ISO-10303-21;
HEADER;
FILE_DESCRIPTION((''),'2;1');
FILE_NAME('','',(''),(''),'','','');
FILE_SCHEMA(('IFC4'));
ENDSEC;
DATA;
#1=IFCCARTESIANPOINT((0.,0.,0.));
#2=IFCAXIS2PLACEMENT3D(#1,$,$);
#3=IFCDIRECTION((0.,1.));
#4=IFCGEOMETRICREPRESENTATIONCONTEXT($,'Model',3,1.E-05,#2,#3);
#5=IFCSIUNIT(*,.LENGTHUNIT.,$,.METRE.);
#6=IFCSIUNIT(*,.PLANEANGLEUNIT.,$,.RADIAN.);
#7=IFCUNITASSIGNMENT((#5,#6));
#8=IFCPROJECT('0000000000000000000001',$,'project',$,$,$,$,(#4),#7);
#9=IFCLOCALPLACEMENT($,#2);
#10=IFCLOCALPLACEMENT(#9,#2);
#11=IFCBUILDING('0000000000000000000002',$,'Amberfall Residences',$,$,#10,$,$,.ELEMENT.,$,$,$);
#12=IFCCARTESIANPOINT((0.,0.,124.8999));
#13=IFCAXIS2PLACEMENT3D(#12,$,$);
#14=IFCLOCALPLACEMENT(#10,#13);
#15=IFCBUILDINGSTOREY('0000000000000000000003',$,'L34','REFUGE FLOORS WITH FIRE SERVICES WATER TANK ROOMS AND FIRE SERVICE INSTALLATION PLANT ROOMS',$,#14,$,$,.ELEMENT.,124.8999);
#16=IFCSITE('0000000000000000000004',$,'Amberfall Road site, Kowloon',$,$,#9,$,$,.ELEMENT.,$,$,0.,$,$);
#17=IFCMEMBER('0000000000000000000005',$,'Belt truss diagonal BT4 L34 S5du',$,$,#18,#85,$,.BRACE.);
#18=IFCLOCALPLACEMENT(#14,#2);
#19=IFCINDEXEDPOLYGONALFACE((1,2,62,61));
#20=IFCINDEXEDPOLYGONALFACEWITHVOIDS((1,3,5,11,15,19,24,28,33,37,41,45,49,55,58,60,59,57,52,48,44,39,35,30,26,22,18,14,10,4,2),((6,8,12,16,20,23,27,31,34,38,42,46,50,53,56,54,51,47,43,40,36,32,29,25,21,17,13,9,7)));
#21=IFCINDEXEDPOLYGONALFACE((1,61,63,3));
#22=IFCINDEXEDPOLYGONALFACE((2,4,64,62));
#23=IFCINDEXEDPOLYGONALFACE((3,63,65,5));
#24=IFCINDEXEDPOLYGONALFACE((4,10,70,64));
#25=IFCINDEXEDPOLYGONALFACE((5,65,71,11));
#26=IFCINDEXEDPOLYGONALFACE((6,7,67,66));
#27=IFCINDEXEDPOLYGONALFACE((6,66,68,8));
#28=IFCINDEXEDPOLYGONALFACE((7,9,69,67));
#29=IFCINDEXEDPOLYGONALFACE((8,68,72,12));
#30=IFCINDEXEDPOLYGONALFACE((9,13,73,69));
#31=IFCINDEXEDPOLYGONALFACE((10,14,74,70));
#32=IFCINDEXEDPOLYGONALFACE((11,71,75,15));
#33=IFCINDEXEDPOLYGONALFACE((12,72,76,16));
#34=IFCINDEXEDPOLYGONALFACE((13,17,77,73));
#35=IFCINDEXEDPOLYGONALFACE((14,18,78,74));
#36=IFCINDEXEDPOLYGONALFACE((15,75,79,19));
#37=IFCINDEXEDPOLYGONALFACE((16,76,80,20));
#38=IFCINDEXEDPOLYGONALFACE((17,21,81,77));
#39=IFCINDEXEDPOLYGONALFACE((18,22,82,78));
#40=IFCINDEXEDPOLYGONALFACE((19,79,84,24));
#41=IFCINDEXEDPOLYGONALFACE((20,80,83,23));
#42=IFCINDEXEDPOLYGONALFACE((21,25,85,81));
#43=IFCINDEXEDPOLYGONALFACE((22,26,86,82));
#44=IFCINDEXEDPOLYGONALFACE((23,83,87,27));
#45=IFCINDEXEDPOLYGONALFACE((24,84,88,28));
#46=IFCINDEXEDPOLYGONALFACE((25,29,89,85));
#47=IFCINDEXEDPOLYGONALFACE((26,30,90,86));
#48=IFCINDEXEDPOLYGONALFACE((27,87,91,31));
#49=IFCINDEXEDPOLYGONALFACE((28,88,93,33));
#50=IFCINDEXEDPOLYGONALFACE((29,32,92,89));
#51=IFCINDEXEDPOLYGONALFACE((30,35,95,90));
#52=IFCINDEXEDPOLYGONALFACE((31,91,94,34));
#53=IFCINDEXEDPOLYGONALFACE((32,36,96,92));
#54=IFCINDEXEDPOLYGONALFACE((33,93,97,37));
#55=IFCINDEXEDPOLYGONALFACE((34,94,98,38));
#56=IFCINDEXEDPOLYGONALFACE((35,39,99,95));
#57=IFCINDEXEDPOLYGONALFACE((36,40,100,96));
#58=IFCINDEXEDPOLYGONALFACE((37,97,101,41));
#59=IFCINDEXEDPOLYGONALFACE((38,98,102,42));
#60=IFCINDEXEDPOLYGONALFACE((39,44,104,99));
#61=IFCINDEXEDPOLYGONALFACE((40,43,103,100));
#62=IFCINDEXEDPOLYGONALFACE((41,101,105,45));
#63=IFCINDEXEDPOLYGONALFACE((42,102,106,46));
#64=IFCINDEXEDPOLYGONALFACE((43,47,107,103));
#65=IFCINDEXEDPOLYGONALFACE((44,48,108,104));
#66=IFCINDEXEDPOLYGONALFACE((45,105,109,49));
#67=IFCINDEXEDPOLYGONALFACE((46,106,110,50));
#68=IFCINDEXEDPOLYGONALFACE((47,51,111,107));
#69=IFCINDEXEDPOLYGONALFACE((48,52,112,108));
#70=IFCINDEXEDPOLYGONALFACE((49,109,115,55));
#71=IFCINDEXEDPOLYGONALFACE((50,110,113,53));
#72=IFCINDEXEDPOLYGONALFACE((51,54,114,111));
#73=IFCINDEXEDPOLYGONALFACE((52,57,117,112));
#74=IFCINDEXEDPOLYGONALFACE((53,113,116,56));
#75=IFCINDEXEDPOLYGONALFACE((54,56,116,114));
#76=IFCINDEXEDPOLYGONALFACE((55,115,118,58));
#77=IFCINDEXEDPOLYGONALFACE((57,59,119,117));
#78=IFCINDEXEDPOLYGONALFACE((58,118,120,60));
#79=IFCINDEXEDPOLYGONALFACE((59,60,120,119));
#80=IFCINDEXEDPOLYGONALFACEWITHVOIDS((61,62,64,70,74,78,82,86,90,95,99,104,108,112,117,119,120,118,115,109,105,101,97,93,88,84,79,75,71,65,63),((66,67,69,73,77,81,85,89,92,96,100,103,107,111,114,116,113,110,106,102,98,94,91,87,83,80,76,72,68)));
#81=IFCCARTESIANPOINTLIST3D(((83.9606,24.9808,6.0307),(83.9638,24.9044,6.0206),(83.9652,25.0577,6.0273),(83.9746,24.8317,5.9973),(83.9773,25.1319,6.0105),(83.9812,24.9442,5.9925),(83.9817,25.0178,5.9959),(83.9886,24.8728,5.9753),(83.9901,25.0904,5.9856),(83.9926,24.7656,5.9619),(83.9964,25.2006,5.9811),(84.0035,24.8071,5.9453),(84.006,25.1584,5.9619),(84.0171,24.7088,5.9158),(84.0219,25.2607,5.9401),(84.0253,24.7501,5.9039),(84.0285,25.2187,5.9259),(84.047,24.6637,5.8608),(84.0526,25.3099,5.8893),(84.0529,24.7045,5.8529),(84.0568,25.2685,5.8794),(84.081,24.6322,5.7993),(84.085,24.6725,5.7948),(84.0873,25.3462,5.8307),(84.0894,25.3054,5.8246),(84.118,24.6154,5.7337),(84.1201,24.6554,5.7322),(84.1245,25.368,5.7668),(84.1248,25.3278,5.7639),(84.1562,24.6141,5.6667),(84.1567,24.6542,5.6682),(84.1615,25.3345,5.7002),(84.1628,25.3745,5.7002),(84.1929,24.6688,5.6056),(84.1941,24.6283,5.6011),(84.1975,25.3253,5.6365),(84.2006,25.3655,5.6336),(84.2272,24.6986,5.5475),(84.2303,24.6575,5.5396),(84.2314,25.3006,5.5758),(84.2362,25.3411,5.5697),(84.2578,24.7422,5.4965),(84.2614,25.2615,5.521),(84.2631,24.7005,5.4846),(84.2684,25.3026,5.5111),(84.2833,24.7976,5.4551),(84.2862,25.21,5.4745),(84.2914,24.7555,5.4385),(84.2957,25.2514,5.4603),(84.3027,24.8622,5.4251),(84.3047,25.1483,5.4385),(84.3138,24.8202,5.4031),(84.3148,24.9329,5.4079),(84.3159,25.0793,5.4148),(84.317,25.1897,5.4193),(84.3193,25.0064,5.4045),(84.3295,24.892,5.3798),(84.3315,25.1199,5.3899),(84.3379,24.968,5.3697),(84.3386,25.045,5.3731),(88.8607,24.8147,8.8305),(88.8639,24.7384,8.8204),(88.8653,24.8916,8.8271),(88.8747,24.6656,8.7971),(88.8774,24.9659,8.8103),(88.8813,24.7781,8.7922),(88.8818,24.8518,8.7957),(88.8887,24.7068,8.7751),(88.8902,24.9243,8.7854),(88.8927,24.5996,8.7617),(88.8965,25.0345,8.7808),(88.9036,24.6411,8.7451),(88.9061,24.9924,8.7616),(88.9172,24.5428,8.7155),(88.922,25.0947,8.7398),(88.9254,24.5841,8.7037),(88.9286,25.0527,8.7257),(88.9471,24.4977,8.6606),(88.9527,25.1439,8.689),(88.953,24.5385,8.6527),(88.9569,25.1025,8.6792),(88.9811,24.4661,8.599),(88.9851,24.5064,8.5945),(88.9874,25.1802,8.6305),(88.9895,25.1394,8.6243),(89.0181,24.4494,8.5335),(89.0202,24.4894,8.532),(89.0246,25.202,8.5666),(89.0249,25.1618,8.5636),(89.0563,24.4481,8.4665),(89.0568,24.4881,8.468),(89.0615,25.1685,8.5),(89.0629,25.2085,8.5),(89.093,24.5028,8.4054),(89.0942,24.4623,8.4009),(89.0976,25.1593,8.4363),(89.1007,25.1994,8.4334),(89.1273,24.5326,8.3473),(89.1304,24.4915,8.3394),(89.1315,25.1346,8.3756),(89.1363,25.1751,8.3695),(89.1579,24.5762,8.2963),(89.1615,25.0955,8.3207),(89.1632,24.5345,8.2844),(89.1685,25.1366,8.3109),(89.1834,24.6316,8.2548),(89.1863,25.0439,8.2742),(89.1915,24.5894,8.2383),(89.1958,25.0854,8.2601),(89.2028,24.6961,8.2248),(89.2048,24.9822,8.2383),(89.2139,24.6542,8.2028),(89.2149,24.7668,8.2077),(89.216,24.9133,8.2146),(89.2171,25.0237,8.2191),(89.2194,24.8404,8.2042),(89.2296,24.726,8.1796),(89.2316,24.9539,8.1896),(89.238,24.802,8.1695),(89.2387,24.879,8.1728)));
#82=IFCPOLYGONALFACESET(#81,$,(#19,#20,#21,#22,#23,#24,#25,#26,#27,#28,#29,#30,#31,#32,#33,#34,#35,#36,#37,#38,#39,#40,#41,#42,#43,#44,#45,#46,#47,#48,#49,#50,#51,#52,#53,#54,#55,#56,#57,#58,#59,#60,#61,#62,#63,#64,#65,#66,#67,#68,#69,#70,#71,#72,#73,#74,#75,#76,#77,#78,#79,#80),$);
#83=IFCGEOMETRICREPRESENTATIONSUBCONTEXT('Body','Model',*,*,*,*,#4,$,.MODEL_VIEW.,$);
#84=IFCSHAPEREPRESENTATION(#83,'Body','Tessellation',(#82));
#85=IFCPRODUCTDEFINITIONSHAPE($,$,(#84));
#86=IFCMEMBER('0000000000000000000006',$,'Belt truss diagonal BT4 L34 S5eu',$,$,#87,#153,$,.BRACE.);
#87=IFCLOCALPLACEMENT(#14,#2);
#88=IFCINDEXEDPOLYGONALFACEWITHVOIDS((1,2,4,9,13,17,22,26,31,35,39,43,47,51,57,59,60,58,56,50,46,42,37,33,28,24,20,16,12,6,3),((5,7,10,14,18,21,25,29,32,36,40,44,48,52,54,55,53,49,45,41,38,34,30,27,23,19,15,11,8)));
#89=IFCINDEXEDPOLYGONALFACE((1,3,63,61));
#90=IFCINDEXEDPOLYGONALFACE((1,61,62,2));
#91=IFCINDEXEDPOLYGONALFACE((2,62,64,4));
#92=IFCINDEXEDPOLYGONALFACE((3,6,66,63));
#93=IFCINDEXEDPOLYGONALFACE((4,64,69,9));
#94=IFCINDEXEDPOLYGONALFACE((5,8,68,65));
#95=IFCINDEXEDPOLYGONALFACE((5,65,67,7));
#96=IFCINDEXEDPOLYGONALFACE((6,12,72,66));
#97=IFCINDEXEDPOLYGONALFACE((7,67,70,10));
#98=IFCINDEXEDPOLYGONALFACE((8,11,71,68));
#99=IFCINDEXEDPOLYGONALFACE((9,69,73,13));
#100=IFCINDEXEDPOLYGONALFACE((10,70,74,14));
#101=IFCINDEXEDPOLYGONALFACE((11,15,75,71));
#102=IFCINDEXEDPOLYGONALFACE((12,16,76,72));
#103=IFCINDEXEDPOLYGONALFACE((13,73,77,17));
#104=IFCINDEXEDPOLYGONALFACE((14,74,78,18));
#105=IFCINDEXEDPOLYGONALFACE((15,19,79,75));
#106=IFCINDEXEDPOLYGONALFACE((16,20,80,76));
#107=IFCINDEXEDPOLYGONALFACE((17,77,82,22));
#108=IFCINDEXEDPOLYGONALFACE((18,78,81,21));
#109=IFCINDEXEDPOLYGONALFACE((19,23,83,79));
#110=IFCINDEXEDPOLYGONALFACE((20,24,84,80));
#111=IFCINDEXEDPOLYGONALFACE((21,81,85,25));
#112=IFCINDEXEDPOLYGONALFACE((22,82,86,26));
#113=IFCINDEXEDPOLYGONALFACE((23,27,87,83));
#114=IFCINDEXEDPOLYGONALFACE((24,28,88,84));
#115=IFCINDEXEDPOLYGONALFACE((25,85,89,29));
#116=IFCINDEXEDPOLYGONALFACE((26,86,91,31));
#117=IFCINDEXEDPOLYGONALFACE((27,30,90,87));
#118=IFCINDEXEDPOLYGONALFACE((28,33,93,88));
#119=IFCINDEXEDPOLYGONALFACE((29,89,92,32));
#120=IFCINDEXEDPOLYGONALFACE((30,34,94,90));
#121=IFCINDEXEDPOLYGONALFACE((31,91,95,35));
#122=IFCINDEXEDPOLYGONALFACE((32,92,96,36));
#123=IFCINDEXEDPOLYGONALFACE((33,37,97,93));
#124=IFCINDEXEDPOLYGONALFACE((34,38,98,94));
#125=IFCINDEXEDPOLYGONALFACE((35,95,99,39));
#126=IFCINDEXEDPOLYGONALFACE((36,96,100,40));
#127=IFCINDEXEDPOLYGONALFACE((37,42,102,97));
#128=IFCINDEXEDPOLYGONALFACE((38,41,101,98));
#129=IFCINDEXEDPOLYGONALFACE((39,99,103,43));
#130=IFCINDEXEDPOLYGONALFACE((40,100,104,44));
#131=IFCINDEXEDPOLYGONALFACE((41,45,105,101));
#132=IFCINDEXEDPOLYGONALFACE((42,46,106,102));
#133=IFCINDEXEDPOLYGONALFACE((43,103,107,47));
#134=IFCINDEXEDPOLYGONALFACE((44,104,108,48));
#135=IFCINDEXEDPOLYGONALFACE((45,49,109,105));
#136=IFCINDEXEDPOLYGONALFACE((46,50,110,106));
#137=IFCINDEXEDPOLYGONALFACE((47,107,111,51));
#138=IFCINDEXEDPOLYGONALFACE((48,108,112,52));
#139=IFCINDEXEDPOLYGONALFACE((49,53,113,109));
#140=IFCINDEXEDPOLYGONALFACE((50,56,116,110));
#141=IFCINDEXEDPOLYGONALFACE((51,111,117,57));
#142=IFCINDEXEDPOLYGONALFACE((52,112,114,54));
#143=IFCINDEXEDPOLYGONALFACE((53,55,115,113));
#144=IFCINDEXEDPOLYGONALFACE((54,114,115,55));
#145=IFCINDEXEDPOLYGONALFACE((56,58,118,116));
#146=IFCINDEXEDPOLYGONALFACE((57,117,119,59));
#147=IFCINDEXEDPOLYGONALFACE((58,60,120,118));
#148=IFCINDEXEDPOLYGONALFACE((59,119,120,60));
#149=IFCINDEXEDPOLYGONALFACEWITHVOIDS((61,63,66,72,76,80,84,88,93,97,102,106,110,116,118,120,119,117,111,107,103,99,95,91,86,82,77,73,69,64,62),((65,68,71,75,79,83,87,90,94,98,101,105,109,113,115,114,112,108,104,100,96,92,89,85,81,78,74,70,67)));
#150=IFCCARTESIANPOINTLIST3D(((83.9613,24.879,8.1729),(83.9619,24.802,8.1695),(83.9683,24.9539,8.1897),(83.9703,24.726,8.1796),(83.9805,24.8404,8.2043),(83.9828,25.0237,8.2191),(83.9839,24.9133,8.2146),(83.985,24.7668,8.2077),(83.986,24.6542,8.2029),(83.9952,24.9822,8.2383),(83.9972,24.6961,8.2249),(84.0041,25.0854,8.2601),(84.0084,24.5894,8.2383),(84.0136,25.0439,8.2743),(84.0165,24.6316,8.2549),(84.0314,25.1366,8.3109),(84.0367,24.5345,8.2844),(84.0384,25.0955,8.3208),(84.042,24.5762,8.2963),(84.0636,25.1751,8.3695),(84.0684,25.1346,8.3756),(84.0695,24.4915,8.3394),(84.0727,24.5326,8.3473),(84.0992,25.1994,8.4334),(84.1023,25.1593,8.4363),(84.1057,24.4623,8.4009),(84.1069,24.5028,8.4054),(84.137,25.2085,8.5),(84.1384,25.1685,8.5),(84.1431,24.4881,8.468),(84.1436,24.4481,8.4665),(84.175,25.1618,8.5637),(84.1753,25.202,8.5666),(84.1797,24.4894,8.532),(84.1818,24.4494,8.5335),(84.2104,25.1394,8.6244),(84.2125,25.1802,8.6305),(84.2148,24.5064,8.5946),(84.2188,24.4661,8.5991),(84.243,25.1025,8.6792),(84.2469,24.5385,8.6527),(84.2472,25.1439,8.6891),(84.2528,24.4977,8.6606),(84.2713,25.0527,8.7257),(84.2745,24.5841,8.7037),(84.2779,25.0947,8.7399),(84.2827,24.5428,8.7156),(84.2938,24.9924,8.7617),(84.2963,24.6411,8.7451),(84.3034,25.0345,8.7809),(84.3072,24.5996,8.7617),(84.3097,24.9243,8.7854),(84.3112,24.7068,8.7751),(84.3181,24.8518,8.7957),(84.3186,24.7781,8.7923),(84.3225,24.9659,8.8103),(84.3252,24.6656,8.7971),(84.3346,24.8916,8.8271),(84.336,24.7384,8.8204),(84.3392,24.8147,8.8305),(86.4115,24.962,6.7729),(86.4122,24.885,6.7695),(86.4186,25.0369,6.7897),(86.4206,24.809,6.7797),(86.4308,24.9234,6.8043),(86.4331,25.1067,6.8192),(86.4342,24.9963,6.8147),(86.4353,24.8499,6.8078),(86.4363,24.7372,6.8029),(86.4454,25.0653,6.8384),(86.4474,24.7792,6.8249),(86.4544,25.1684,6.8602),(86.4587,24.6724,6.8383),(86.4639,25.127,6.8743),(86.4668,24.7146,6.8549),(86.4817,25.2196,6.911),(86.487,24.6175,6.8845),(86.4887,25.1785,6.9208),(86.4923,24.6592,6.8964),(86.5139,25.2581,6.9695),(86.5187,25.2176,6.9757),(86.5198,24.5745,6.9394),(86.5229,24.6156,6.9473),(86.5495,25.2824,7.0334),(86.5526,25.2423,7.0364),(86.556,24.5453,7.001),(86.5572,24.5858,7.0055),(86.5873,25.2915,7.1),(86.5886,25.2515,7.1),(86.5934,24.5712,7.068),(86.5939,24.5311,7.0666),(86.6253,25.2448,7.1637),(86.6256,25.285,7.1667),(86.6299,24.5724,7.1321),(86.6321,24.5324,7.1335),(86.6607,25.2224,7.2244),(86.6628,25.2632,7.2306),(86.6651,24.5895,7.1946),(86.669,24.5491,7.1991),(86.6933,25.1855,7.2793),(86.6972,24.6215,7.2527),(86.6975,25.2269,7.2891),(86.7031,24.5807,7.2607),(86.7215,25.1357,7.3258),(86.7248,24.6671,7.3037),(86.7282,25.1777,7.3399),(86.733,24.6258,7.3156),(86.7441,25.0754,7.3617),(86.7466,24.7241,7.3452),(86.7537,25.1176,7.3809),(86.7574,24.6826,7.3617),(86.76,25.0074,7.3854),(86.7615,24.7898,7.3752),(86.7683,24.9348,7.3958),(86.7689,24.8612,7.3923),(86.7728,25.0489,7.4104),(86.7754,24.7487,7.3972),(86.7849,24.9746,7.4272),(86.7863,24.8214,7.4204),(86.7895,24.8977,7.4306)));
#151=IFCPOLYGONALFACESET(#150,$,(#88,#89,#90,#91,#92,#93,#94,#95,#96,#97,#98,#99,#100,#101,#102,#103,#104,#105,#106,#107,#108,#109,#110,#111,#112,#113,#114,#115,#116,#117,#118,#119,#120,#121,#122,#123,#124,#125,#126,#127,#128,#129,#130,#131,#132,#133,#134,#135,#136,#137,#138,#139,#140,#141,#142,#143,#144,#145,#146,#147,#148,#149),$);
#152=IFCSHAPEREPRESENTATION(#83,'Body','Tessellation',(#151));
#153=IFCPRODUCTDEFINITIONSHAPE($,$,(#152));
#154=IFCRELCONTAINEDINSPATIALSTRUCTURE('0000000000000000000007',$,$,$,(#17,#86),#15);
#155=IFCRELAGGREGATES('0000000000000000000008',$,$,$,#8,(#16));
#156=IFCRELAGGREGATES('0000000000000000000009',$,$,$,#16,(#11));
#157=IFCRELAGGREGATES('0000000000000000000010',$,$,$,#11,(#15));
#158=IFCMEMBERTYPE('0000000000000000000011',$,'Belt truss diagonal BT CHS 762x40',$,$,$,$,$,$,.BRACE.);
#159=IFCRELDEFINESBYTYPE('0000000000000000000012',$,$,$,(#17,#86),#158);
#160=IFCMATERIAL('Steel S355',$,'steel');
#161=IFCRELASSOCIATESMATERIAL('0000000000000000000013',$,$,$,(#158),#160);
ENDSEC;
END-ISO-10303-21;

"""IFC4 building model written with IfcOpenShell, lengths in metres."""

from ifc_helpers import new_model, si_unit, direction, frame, origin, origin_2d, place, context, subcontext, project, spatial, hollow_circle, extrude, material, material_profile, profile_set, type_object, element, save


model = new_model("IFC4")

# Units and contexts
model_context = context("Model", 3, precision=1e-05, world=origin(), true_north=direction((0.0, 1.0)))
body_context = subcontext(model_context, "Body", "Model", "MODEL_VIEW")
ifc_project = project(units=[si_unit("LENGTHUNIT", "METRE"), si_unit("PLANEANGLEUNIT", "RADIAN")], contexts=[model_context])

# Site, building, storey
site_placement = place(None, origin())
site = spatial("IfcSite", under=ifc_project, at=site_placement, Name="Amberfall Road site, Kowloon", CompositionType="ELEMENT", RefElevation=0.0)
building_placement = place(site_placement, origin())
building = spatial("IfcBuilding", under=site, at=building_placement, Name="Amberfall Residences", CompositionType="ELEMENT")
storey_placement = place(building_placement, frame((0.0, 0.0, 124.8999)))
storey = spatial("IfcBuildingStorey", under=building, at=storey_placement, Name="L34", Description="REFUGE FLOORS WITH FIRE SERVICES WATER TANK ROOMS AND FIRE SERVICE INSTALLATION PLANT ROOMS", CompositionType="ELEMENT", Elevation=124.8999)

# Shared definitions
ifc_material_1 = material(Name="Steel S355", Category="steel")

# Members
ifc_material_profile_1 = material_profile(ifc_material_1, hollow_circle(Radius=0.3811, WallThickness=0.04, at=origin_2d()), Name="CHS 762x40")
ifc_profile_set_1 = profile_set([ifc_material_profile_1], Name="Steel S355")
member_type = type_object("IfcMemberType", Name="Belt truss diagonal BT CHS 762x40", PredefinedType="BRACE", material=ifc_profile_set_1)
member_1_placement = place(storey_placement, frame((84.1499, 24.9937, 5.7002), z_axis=(0.867889, -0.029404, 0.495887), x_axis=(0.03386, 0.999427, 0.0)))
element("IfcMember", 1, at=member_1_placement, inside=storey, type_object=member_type, Name="Belt truss diagonal BT4 L34 S5du", PredefinedType="BRACE", context=body_context, shape_type="SweptSolid", body=[
    extrude(hollow_circle(Radius=0.3811, WallThickness=0.04, at=origin_2d()), origin(), (0.0, 0.0, 1.0), 5.646),
])
member_2_placement = place(storey_placement, frame((84.1499, 24.8276, 8.5), z_axis=(0.8679, 0.029403, -0.495869), x_axis=(-0.033859, 0.999427, 0.0)))
element("IfcMember", 2, at=member_2_placement, inside=storey, type_object=member_type, Name="Belt truss diagonal BT4 L34 S5eu", PredefinedType="BRACE", context=body_context, shape_type="SweptSolid", body=[
    extrude(hollow_circle(Radius=0.3811, WallThickness=0.04, at=origin_2d()), origin(), (0.0, 0.0, 1.0), 2.8232),
])

save(model, "model.ifc")
